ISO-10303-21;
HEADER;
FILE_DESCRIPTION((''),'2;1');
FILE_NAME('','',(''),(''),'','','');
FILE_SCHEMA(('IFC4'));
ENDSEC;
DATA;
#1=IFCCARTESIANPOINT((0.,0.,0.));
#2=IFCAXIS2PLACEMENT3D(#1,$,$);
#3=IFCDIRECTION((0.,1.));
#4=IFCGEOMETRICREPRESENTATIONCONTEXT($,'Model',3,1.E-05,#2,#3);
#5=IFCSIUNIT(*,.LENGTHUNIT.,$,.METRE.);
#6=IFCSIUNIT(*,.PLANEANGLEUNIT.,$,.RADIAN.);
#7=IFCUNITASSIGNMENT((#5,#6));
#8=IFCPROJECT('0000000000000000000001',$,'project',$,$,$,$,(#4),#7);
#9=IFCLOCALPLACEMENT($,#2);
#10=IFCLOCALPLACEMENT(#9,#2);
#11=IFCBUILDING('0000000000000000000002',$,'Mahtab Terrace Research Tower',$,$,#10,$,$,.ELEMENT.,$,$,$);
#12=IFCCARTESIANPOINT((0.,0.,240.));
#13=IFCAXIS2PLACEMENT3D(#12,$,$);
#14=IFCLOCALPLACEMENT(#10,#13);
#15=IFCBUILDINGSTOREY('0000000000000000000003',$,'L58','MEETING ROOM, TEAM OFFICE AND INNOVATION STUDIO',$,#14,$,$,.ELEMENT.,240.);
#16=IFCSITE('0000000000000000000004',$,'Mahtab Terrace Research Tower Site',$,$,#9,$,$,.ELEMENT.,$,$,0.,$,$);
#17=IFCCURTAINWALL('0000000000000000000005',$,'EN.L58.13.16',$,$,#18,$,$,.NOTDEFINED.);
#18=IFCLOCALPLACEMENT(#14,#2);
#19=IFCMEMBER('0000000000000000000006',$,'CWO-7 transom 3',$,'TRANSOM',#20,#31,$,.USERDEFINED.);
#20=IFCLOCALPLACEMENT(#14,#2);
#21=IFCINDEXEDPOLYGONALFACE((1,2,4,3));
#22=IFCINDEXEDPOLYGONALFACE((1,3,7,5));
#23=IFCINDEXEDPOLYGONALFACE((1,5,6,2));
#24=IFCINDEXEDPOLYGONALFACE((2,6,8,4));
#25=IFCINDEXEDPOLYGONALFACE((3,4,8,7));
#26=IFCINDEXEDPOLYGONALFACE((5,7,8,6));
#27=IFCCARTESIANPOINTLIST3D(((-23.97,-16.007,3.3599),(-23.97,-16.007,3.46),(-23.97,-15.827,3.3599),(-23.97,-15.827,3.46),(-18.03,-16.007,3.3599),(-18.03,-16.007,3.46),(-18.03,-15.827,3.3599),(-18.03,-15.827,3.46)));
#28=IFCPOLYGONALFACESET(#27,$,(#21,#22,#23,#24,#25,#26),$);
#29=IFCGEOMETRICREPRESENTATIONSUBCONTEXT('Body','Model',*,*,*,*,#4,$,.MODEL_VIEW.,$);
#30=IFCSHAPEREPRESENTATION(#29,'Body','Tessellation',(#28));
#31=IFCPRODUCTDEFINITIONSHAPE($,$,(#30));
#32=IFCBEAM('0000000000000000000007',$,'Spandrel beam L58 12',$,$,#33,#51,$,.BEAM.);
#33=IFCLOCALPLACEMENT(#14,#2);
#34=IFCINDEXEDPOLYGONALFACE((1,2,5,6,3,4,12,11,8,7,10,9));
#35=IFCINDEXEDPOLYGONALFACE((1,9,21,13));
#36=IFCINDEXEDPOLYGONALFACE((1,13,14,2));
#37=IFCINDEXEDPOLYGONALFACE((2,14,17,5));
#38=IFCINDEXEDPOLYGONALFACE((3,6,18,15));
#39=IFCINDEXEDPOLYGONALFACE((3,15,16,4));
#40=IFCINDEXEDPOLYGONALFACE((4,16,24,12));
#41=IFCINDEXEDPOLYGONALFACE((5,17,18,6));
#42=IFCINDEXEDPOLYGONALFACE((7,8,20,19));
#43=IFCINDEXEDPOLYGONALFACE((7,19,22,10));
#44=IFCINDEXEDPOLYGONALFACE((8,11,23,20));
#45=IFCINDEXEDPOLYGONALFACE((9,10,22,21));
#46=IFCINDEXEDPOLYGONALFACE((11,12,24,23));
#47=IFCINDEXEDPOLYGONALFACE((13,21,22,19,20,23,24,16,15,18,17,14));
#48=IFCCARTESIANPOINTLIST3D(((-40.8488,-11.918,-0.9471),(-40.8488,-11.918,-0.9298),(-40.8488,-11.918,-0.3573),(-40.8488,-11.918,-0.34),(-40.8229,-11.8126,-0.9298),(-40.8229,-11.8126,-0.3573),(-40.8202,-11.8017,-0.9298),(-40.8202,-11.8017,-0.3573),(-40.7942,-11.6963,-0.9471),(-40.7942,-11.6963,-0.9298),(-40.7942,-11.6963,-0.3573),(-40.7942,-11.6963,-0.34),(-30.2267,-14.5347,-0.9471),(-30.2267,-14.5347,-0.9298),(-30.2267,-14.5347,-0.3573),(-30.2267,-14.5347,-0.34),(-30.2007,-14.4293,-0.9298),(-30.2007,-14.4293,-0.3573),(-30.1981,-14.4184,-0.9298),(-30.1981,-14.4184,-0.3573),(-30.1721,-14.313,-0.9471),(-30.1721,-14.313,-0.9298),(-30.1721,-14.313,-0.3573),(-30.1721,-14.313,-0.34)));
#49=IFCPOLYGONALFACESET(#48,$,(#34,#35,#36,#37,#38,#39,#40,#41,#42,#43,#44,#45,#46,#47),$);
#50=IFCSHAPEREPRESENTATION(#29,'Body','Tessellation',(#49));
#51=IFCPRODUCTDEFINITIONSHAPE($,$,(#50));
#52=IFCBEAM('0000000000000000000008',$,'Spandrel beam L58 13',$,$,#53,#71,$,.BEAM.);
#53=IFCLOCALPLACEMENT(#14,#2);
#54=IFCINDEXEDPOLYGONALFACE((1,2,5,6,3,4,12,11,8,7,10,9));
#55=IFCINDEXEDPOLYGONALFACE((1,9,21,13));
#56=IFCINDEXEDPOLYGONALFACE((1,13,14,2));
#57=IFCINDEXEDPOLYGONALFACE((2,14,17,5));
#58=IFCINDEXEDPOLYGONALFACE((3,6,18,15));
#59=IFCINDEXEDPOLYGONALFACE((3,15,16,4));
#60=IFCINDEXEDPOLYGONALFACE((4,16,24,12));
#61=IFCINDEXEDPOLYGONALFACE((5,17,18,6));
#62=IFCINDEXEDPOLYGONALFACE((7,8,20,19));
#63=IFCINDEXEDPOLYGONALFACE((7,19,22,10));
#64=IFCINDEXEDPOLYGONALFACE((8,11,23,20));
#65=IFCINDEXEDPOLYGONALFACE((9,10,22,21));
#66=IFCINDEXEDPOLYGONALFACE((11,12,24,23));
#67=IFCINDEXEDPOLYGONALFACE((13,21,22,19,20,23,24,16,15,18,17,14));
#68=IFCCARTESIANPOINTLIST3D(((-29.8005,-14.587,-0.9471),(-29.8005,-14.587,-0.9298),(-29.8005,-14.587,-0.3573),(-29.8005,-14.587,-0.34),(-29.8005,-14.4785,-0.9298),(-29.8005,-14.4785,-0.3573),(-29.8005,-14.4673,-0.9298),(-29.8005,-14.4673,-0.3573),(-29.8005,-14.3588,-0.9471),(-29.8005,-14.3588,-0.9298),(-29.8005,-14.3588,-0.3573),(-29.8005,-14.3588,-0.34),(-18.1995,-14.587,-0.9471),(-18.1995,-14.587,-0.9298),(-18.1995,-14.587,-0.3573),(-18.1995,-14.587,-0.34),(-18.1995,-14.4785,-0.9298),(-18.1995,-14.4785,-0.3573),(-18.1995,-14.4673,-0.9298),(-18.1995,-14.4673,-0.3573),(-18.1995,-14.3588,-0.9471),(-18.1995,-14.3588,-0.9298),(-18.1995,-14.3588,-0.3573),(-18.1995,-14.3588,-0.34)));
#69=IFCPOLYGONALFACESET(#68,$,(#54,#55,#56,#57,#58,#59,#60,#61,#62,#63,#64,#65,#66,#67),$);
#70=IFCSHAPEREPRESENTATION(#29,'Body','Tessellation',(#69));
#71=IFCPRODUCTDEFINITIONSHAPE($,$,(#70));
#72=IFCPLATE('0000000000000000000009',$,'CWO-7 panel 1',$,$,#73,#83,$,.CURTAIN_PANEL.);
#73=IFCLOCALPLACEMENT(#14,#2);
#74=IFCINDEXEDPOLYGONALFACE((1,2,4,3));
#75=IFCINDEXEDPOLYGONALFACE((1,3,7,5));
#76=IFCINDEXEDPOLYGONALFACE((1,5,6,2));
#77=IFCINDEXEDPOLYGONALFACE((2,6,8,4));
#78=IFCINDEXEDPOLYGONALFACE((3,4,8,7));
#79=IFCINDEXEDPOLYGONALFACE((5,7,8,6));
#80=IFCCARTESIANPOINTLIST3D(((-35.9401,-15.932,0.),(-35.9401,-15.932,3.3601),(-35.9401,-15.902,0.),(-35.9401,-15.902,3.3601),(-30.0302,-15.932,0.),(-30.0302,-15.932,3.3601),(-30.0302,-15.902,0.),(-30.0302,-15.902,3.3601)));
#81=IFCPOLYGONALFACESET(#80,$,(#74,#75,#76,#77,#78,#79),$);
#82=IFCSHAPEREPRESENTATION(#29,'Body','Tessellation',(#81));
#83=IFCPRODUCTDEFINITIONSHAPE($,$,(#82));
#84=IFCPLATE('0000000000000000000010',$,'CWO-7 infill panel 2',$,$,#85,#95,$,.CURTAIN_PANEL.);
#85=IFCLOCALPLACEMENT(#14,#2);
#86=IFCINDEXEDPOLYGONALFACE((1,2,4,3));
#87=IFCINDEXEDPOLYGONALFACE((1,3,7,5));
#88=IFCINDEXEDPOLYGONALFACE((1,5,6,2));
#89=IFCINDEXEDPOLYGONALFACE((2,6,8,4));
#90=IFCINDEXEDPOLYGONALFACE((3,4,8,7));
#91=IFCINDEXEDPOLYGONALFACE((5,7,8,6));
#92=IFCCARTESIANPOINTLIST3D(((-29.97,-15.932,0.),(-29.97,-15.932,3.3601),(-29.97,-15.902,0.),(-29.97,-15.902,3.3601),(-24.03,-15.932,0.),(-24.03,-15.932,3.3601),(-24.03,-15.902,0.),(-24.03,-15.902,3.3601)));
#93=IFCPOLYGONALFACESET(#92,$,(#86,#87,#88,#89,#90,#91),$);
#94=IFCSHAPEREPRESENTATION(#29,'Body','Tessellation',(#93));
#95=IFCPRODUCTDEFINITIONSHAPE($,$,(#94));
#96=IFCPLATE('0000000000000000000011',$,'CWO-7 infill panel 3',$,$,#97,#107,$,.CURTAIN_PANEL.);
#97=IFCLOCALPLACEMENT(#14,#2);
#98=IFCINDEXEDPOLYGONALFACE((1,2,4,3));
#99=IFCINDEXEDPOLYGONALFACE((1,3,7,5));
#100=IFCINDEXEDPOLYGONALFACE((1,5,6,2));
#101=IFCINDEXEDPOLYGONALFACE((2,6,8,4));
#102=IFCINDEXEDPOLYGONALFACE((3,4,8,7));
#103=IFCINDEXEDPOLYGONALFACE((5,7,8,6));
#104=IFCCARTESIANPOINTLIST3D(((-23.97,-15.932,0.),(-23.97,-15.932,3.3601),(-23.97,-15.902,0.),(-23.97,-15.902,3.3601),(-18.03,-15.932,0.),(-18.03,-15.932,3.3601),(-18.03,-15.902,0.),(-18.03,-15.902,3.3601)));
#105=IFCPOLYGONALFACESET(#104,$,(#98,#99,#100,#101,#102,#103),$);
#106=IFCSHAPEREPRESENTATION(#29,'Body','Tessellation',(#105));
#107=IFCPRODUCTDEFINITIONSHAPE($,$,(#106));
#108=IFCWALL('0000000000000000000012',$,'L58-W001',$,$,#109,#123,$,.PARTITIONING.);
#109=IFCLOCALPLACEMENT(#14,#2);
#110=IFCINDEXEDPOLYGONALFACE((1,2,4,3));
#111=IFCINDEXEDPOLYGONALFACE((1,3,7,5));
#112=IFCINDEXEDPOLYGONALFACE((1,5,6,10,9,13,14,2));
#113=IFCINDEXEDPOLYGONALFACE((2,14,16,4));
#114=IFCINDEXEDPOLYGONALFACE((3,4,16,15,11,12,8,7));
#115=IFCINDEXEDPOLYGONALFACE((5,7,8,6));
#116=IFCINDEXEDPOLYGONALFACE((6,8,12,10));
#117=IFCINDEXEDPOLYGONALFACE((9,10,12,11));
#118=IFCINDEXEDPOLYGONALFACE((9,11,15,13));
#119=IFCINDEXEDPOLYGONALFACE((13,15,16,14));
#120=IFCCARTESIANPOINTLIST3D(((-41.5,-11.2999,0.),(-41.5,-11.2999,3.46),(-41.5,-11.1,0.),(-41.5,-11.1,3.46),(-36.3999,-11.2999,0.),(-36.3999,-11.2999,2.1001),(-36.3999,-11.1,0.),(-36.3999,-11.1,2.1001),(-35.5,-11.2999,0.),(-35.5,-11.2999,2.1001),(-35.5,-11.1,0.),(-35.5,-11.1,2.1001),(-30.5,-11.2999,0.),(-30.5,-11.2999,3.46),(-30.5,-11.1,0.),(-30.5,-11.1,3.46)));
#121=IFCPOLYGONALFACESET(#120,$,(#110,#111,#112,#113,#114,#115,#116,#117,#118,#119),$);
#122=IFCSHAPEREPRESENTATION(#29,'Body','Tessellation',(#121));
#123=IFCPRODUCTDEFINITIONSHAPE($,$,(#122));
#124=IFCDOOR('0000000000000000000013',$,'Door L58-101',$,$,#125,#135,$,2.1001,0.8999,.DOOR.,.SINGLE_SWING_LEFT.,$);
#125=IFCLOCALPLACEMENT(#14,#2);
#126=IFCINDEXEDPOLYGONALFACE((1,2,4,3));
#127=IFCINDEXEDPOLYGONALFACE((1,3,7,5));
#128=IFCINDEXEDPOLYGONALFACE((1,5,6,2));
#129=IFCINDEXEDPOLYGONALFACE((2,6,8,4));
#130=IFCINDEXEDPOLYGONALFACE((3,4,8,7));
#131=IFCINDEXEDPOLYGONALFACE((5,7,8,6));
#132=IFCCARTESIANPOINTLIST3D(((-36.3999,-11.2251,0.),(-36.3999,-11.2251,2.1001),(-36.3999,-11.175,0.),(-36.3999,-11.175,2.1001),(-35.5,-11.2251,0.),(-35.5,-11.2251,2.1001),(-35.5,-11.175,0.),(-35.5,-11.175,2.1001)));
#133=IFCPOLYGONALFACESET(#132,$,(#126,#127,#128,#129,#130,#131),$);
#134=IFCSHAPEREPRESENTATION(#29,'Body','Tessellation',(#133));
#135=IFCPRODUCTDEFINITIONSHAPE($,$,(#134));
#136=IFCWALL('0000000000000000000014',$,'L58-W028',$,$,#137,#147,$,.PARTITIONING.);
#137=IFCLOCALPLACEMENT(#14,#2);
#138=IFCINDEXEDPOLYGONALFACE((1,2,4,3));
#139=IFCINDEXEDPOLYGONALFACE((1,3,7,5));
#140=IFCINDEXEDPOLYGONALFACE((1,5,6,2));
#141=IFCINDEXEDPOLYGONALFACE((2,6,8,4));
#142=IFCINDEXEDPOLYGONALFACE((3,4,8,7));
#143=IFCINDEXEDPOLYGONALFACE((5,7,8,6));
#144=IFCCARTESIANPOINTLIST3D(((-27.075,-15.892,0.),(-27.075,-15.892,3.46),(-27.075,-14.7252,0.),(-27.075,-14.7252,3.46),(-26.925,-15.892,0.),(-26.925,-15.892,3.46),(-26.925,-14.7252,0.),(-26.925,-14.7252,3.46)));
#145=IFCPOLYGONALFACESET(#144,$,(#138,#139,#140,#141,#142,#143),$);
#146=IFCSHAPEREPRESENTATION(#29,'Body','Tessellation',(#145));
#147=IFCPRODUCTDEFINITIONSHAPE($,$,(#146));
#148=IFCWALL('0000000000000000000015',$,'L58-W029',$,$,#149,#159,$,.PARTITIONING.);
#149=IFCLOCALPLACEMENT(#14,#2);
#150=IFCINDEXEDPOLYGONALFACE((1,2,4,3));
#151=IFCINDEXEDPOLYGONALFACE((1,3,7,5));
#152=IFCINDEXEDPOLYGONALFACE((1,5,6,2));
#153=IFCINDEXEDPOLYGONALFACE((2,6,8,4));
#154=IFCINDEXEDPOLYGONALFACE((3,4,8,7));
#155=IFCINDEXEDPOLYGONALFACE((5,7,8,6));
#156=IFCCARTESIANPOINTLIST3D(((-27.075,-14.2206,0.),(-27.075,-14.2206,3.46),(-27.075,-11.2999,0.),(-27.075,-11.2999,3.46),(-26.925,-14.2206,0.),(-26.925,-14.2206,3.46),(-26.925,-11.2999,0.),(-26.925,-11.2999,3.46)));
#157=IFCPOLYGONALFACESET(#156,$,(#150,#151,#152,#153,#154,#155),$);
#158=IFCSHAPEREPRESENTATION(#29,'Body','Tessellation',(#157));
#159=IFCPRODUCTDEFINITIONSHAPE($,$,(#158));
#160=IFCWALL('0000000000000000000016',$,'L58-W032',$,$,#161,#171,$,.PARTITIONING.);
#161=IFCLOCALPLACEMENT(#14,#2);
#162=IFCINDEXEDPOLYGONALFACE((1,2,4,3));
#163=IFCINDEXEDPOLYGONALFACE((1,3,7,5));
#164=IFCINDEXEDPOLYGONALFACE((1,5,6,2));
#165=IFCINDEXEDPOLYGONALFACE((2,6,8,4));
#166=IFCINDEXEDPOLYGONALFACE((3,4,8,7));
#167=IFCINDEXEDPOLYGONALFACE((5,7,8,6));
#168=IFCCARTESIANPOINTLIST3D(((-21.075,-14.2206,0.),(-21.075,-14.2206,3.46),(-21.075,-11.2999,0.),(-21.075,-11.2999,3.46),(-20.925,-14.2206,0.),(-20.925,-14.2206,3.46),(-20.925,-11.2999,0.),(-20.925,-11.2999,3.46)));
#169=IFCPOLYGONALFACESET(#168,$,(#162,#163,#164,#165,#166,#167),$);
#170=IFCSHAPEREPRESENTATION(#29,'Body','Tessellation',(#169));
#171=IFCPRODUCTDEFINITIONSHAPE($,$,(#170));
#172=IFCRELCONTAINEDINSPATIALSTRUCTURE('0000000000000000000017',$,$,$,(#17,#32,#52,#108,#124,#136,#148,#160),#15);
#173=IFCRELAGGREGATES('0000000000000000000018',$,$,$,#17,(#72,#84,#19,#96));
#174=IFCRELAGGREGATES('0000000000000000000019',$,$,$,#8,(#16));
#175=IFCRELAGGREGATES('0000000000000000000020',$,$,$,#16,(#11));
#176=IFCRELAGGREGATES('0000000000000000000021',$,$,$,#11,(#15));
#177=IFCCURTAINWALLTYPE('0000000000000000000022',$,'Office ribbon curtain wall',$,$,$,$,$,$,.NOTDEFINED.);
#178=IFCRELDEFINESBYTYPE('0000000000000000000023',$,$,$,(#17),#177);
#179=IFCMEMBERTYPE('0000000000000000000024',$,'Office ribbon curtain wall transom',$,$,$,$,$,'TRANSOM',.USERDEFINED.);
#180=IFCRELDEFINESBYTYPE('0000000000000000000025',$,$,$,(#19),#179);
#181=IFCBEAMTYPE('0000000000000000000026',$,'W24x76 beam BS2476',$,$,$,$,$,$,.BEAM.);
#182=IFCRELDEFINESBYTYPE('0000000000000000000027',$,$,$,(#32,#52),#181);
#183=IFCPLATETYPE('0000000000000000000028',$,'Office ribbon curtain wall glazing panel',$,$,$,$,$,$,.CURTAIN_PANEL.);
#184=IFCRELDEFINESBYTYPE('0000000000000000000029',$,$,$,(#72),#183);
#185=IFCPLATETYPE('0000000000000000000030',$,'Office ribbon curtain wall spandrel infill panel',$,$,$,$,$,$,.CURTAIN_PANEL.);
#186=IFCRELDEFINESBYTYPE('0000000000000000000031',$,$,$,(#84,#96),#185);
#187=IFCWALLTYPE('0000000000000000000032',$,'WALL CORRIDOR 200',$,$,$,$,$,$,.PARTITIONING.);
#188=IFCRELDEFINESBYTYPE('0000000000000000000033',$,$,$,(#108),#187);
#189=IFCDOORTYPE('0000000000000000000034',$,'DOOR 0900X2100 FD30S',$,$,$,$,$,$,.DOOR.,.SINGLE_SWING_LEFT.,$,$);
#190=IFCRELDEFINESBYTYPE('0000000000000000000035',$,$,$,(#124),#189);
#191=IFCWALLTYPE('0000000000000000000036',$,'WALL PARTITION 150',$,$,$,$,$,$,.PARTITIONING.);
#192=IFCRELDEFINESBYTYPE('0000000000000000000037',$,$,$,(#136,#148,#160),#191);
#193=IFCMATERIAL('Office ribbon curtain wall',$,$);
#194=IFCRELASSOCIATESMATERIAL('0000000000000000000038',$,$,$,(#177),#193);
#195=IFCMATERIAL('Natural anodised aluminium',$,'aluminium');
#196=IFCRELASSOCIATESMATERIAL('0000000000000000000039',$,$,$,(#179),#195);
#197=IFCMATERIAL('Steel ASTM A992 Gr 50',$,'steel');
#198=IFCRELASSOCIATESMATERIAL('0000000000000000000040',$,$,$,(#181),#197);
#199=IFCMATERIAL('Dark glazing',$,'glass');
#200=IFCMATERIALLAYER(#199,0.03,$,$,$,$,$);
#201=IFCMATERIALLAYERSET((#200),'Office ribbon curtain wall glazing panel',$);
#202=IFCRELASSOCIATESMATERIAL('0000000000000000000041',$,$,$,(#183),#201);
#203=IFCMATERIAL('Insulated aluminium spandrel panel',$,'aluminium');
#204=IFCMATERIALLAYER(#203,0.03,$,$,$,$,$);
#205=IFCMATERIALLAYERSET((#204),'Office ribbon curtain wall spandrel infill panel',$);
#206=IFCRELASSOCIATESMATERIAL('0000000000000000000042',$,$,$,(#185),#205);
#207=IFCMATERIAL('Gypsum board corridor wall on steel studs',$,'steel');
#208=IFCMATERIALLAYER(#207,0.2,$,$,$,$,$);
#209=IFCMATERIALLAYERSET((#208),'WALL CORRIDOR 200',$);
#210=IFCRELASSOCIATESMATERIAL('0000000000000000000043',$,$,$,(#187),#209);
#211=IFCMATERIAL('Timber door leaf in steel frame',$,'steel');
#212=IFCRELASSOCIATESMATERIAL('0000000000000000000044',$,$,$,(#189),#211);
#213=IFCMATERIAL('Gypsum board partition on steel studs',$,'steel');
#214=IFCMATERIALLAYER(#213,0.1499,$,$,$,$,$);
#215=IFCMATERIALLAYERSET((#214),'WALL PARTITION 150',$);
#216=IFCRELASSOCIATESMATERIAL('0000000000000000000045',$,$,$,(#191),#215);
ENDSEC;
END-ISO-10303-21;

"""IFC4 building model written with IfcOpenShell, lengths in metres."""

from ifc_helpers import new_model, si_unit, direction, frame, frame_2d, origin, origin_2d, place, context, subcontext, project, spatial, rectangle, i_section, extrude, material, layer, layer_set, material_profile, profile_set, type_object, element, fill, aggregate, save


model = new_model("IFC4")

# Units and contexts
model_context = context("Model", 3, precision=1e-05, world=origin(), true_north=direction((0.0, 1.0)))
body_context = subcontext(model_context, "Body", "Model", "MODEL_VIEW")
ifc_project = project(units=[si_unit("LENGTHUNIT", "METRE"), si_unit("PLANEANGLEUNIT", "RADIAN")], contexts=[model_context])

# Site, building, storey
site_placement = place(None, origin())
site = spatial("IfcSite", under=ifc_project, at=site_placement, Name="Mahtab Terrace Research Tower Site", CompositionType="ELEMENT", RefElevation=0.0)
building_placement = place(site_placement, origin())
building = spatial("IfcBuilding", under=site, at=building_placement, Name="Mahtab Terrace Research Tower", CompositionType="ELEMENT")
storey_placement = place(building_placement, frame((0.0, 0.0, 240.0)))
storey = spatial("IfcBuildingStorey", under=building, at=storey_placement, Name="L58", Description="MEETING ROOM, TEAM OFFICE AND INNOVATION STUDIO", CompositionType="ELEMENT", Elevation=240.0)

# Shared definitions
ifc_material_1 = material(Name="Steel ASTM A992 Gr 50", Category="steel")

# Curtain wall, member
ifc_material_2 = material(Name="Office ribbon curtain wall")
curtain_wall_type = type_object("IfcCurtainWallType", Name="Office ribbon curtain wall", PredefinedType="NOTDEFINED", material=ifc_material_2)
curtain_wall_placement = place(storey_placement, origin())
curtain_wall = element("IfcCurtainWall", 1, at=curtain_wall_placement, inside=storey, type_object=curtain_wall_type, Name="EN.L58.13.16", PredefinedType="NOTDEFINED")
ifc_material_3 = material(Name="Natural anodised aluminium", Category="aluminium")
ifc_material_profile_1 = material_profile(ifc_material_3, rectangle(XDim=0.1799, YDim=0.1001, at=origin_2d()), Name="TRANSOM 100x180")
ifc_profile_set_1 = profile_set([ifc_material_profile_1], Name="Natural anodised aluminium")
member_type_1 = type_object("IfcMemberType", Name="Office ribbon curtain wall transom", ElementType="TRANSOM", PredefinedType="USERDEFINED", material=ifc_profile_set_1)
member_1_placement = place(storey_placement, frame((-23.97, -15.917, 3.4099), z_axis=(1.0, 0.0, 0.0), x_axis=(0.0, 1.0, 0.0)))
member_1 = element("IfcMember", 2, at=member_1_placement, type_object=member_type_1, Name="CWO-7 transom 3", ObjectType="TRANSOM", PredefinedType="USERDEFINED", context=body_context, shape_type="SweptSolid", body=[
    extrude(rectangle(XDim=0.1799, YDim=0.1001, at=origin_2d()), origin(), (0.0, 0.0, 1.0), 5.9399),
])

# Beams
ifc_material_profile_2 = material_profile(ifc_material_1, i_section(OverallWidth=0.2283, OverallDepth=0.6072, WebThickness=0.0112, FlangeThickness=0.0173, at=origin_2d()), Name="W24X76")
ifc_profile_set_2 = profile_set([ifc_material_profile_2], Name="Steel ASTM A992 Gr 50")
beam_type = type_object("IfcBeamType", Name="W24x76 beam BS2476", PredefinedType="BEAM", material=ifc_profile_set_2)
beam_1_placement = place(storey_placement, frame((-40.8215, -11.8071, -0.6436), z_axis=(0.970972, -0.239195, 0.0), x_axis=(0.239195, 0.970972, 0.0)))
element("IfcBeam", 3, at=beam_1_placement, inside=storey, type_object=beam_type, Name="Spandrel beam L58 12", PredefinedType="BEAM", context=body_context, shape_type="SweptSolid", body=[
    extrude(i_section(OverallWidth=0.2283, OverallDepth=0.6072, WebThickness=0.0112, FlangeThickness=0.0173, at=origin_2d()), origin(), (0.0, 0.0, 1.0), 10.9397),
])
beam_2_placement = place(storey_placement, frame((-29.8005, -14.4729, -0.6436), z_axis=(1.0, 0.0, 0.0), x_axis=(0.0, 1.0, 0.0)))
element("IfcBeam", 4, at=beam_2_placement, inside=storey, type_object=beam_type, Name="Spandrel beam L58 13", PredefinedType="BEAM", context=body_context, shape_type="SweptSolid", body=[
    extrude(i_section(OverallWidth=0.2283, OverallDepth=0.6072, WebThickness=0.0112, FlangeThickness=0.0173, at=origin_2d()), origin(), (0.0, 0.0, 1.0), 11.6011),
])

# Plates
ifc_material_4 = material(Name="Dark glazing", Category="glass")
ifc_layer_1 = layer(ifc_material_4, 0.03)
ifc_layer_set_1 = layer_set([ifc_layer_1], Name="Office ribbon curtain wall glazing panel")
plate_type_1 = type_object("IfcPlateType", Name="Office ribbon curtain wall glazing panel", PredefinedType="CURTAIN_PANEL", material=ifc_layer_set_1)
plate_1_placement = place(storey_placement, frame((-32.9851, -15.917, 0.0), z_axis=(0.0, 0.0, 1.0), x_axis=(1.0, 0.0, 0.0)))
plate_1 = element("IfcPlate", 5, at=plate_1_placement, type_object=plate_type_1, Name="CWO-7 panel 1", PredefinedType="CURTAIN_PANEL", context=body_context, shape_type="SweptSolid", body=[
    extrude(rectangle(XDim=5.9099, YDim=0.03, at=origin_2d()), origin(), (0.0, 0.0, 1.0), 3.3601),
])
ifc_material_5 = material(Name="Insulated aluminium spandrel panel", Category="aluminium")
ifc_layer_2 = layer(ifc_material_5, 0.03)
ifc_layer_set_2 = layer_set([ifc_layer_2], Name="Office ribbon curtain wall spandrel infill panel")
plate_type_2 = type_object("IfcPlateType", Name="Office ribbon curtain wall spandrel infill panel", PredefinedType="CURTAIN_PANEL", material=ifc_layer_set_2)
plate_2_placement = place(storey_placement, frame((-27.0, -15.917, 0.0), z_axis=(0.0, 0.0, 1.0), x_axis=(1.0, 0.0, 0.0)))
plate_2 = element("IfcPlate", 6, at=plate_2_placement, type_object=plate_type_2, Name="CWO-7 infill panel 2", PredefinedType="CURTAIN_PANEL", context=body_context, shape_type="SweptSolid", body=[
    extrude(rectangle(XDim=5.9399, YDim=0.03, at=origin_2d()), origin(), (0.0, 0.0, 1.0), 3.3601),
])
plate_3_placement = place(storey_placement, frame((-21.0, -15.917, 0.0), z_axis=(0.0, 0.0, 1.0), x_axis=(1.0, 0.0, 0.0)))
plate_3 = element("IfcPlate", 7, at=plate_3_placement, type_object=plate_type_2, Name="CWO-7 infill panel 3", PredefinedType="CURTAIN_PANEL", context=body_context, shape_type="SweptSolid", body=[
    extrude(rectangle(XDim=5.9399, YDim=0.03, at=origin_2d()), origin(), (0.0, 0.0, 1.0), 3.3601),
])
aggregate(curtain_wall, [plate_1, plate_2, member_1, plate_3])

# Wall, opening, door
ifc_material_6 = material(Name="Gypsum board corridor wall on steel studs", Category="steel")
ifc_layer_3 = layer(ifc_material_6, 0.2)
ifc_layer_set_3 = layer_set([ifc_layer_3], Name="WALL CORRIDOR 200")
wall_type_1 = type_object("IfcWallType", Name="WALL CORRIDOR 200", PredefinedType="PARTITIONING", material=ifc_layer_set_3)
wall_1_placement = place(storey_placement, frame((-41.5, -11.2, 0.0), z_axis=(0.0, 0.0, 1.0), x_axis=(1.0, 0.0, 0.0)))
wall_1 = element("IfcWall", 8, at=wall_1_placement, inside=storey, type_object=wall_type_1, Name="L58-W001", PredefinedType="PARTITIONING", context=body_context, shape_type="SweptSolid", body=[
    extrude(rectangle(XDim=11.0, YDim=0.2, at=frame_2d((5.5, 0.0))), origin(), (0.0, 0.0, 1.0), 3.46),
])
opening_placement = place(wall_1_placement, frame((5.1001, 0.0, 0.0)))
opening = element("IfcOpeningElement", 9, at=opening_placement, cuts=wall_1, PredefinedType="OPENING", context=body_context, shape_type="SweptSolid", body=[
    extrude(rectangle(XDim=0.8999, YDim=2.1001, at=frame_2d((0.45, 1.05))), frame((0.0, 0.1099, 0.0), z_axis=(0.0, -1.0, 0.0), x_axis=(1.0, 0.0, 0.0)), (0.0, 0.0, 1.0), 0.22),
])
ifc_material_7 = material(Name="Timber door leaf in steel frame", Category="steel")
door_type = type_object("IfcDoorType", Name="DOOR 0900X2100 FD30S", OperationType="SINGLE_SWING_LEFT", PredefinedType="DOOR", material=ifc_material_7)
door_placement = place(opening_placement, origin())
door = element("IfcDoor", 10, at=door_placement, inside=storey, type_object=door_type, Name="Door L58-101", OperationType="SINGLE_SWING_LEFT", OverallHeight=2.1001, OverallWidth=0.8999, PredefinedType="DOOR", context=body_context, shape_type="SweptSolid", body=[
    extrude(rectangle(XDim=0.8999, YDim=2.1001, at=frame_2d((0.45, 1.05))), frame((0.0, 0.0249, 0.0), z_axis=(0.0, -1.0, 0.0), x_axis=(1.0, 0.0, 0.0)), (0.0, 0.0, 1.0), 0.05),
])
fill(opening, door)

# Walls
ifc_material_8 = material(Name="Gypsum board partition on steel studs", Category="steel")
ifc_layer_4 = layer(ifc_material_8, 0.1499)
ifc_layer_set_4 = layer_set([ifc_layer_4], Name="WALL PARTITION 150")
wall_type_2 = type_object("IfcWallType", Name="WALL PARTITION 150", PredefinedType="PARTITIONING", material=ifc_layer_set_4)
wall_2_placement = place(storey_placement, frame((-27.0, -15.8921, 0.0), z_axis=(0.0, 0.0, 1.0), x_axis=(0.0, 1.0, 0.0)))
element("IfcWall", 11, at=wall_2_placement, inside=storey, type_object=wall_type_2, Name="L58-W028", PredefinedType="PARTITIONING", context=body_context, shape_type="SweptSolid", body=[
    extrude(rectangle(XDim=1.1667, YDim=0.1499, at=frame_2d((0.5835, 0.0))), origin(), (0.0, 0.0, 1.0), 3.46),
])
for number, where, z_axis, x_axis, name in (
    (12, (-27.0, -14.2207, 0.0), (0.0, 0.0, 1.0), (0.0, 1.0, 0.0), "L58-W029"),
    (13, (-21.0, -14.2207, 0.0), (0.0, 0.0, 1.0), (0.0, 1.0, 0.0), "L58-W032"),
):
    element("IfcWall", number, at=place(storey_placement, frame(where, z_axis=z_axis, x_axis=x_axis)), inside=storey, type_object=wall_type_2, Name=name, PredefinedType="PARTITIONING", context=body_context, shape_type="SweptSolid", body=[
        extrude(rectangle(XDim=2.9207, YDim=0.1499, at=frame_2d((1.4604, 0.0))), origin(), (0.0, 0.0, 1.0), 3.46),
    ])

save(model, "model.ifc")
